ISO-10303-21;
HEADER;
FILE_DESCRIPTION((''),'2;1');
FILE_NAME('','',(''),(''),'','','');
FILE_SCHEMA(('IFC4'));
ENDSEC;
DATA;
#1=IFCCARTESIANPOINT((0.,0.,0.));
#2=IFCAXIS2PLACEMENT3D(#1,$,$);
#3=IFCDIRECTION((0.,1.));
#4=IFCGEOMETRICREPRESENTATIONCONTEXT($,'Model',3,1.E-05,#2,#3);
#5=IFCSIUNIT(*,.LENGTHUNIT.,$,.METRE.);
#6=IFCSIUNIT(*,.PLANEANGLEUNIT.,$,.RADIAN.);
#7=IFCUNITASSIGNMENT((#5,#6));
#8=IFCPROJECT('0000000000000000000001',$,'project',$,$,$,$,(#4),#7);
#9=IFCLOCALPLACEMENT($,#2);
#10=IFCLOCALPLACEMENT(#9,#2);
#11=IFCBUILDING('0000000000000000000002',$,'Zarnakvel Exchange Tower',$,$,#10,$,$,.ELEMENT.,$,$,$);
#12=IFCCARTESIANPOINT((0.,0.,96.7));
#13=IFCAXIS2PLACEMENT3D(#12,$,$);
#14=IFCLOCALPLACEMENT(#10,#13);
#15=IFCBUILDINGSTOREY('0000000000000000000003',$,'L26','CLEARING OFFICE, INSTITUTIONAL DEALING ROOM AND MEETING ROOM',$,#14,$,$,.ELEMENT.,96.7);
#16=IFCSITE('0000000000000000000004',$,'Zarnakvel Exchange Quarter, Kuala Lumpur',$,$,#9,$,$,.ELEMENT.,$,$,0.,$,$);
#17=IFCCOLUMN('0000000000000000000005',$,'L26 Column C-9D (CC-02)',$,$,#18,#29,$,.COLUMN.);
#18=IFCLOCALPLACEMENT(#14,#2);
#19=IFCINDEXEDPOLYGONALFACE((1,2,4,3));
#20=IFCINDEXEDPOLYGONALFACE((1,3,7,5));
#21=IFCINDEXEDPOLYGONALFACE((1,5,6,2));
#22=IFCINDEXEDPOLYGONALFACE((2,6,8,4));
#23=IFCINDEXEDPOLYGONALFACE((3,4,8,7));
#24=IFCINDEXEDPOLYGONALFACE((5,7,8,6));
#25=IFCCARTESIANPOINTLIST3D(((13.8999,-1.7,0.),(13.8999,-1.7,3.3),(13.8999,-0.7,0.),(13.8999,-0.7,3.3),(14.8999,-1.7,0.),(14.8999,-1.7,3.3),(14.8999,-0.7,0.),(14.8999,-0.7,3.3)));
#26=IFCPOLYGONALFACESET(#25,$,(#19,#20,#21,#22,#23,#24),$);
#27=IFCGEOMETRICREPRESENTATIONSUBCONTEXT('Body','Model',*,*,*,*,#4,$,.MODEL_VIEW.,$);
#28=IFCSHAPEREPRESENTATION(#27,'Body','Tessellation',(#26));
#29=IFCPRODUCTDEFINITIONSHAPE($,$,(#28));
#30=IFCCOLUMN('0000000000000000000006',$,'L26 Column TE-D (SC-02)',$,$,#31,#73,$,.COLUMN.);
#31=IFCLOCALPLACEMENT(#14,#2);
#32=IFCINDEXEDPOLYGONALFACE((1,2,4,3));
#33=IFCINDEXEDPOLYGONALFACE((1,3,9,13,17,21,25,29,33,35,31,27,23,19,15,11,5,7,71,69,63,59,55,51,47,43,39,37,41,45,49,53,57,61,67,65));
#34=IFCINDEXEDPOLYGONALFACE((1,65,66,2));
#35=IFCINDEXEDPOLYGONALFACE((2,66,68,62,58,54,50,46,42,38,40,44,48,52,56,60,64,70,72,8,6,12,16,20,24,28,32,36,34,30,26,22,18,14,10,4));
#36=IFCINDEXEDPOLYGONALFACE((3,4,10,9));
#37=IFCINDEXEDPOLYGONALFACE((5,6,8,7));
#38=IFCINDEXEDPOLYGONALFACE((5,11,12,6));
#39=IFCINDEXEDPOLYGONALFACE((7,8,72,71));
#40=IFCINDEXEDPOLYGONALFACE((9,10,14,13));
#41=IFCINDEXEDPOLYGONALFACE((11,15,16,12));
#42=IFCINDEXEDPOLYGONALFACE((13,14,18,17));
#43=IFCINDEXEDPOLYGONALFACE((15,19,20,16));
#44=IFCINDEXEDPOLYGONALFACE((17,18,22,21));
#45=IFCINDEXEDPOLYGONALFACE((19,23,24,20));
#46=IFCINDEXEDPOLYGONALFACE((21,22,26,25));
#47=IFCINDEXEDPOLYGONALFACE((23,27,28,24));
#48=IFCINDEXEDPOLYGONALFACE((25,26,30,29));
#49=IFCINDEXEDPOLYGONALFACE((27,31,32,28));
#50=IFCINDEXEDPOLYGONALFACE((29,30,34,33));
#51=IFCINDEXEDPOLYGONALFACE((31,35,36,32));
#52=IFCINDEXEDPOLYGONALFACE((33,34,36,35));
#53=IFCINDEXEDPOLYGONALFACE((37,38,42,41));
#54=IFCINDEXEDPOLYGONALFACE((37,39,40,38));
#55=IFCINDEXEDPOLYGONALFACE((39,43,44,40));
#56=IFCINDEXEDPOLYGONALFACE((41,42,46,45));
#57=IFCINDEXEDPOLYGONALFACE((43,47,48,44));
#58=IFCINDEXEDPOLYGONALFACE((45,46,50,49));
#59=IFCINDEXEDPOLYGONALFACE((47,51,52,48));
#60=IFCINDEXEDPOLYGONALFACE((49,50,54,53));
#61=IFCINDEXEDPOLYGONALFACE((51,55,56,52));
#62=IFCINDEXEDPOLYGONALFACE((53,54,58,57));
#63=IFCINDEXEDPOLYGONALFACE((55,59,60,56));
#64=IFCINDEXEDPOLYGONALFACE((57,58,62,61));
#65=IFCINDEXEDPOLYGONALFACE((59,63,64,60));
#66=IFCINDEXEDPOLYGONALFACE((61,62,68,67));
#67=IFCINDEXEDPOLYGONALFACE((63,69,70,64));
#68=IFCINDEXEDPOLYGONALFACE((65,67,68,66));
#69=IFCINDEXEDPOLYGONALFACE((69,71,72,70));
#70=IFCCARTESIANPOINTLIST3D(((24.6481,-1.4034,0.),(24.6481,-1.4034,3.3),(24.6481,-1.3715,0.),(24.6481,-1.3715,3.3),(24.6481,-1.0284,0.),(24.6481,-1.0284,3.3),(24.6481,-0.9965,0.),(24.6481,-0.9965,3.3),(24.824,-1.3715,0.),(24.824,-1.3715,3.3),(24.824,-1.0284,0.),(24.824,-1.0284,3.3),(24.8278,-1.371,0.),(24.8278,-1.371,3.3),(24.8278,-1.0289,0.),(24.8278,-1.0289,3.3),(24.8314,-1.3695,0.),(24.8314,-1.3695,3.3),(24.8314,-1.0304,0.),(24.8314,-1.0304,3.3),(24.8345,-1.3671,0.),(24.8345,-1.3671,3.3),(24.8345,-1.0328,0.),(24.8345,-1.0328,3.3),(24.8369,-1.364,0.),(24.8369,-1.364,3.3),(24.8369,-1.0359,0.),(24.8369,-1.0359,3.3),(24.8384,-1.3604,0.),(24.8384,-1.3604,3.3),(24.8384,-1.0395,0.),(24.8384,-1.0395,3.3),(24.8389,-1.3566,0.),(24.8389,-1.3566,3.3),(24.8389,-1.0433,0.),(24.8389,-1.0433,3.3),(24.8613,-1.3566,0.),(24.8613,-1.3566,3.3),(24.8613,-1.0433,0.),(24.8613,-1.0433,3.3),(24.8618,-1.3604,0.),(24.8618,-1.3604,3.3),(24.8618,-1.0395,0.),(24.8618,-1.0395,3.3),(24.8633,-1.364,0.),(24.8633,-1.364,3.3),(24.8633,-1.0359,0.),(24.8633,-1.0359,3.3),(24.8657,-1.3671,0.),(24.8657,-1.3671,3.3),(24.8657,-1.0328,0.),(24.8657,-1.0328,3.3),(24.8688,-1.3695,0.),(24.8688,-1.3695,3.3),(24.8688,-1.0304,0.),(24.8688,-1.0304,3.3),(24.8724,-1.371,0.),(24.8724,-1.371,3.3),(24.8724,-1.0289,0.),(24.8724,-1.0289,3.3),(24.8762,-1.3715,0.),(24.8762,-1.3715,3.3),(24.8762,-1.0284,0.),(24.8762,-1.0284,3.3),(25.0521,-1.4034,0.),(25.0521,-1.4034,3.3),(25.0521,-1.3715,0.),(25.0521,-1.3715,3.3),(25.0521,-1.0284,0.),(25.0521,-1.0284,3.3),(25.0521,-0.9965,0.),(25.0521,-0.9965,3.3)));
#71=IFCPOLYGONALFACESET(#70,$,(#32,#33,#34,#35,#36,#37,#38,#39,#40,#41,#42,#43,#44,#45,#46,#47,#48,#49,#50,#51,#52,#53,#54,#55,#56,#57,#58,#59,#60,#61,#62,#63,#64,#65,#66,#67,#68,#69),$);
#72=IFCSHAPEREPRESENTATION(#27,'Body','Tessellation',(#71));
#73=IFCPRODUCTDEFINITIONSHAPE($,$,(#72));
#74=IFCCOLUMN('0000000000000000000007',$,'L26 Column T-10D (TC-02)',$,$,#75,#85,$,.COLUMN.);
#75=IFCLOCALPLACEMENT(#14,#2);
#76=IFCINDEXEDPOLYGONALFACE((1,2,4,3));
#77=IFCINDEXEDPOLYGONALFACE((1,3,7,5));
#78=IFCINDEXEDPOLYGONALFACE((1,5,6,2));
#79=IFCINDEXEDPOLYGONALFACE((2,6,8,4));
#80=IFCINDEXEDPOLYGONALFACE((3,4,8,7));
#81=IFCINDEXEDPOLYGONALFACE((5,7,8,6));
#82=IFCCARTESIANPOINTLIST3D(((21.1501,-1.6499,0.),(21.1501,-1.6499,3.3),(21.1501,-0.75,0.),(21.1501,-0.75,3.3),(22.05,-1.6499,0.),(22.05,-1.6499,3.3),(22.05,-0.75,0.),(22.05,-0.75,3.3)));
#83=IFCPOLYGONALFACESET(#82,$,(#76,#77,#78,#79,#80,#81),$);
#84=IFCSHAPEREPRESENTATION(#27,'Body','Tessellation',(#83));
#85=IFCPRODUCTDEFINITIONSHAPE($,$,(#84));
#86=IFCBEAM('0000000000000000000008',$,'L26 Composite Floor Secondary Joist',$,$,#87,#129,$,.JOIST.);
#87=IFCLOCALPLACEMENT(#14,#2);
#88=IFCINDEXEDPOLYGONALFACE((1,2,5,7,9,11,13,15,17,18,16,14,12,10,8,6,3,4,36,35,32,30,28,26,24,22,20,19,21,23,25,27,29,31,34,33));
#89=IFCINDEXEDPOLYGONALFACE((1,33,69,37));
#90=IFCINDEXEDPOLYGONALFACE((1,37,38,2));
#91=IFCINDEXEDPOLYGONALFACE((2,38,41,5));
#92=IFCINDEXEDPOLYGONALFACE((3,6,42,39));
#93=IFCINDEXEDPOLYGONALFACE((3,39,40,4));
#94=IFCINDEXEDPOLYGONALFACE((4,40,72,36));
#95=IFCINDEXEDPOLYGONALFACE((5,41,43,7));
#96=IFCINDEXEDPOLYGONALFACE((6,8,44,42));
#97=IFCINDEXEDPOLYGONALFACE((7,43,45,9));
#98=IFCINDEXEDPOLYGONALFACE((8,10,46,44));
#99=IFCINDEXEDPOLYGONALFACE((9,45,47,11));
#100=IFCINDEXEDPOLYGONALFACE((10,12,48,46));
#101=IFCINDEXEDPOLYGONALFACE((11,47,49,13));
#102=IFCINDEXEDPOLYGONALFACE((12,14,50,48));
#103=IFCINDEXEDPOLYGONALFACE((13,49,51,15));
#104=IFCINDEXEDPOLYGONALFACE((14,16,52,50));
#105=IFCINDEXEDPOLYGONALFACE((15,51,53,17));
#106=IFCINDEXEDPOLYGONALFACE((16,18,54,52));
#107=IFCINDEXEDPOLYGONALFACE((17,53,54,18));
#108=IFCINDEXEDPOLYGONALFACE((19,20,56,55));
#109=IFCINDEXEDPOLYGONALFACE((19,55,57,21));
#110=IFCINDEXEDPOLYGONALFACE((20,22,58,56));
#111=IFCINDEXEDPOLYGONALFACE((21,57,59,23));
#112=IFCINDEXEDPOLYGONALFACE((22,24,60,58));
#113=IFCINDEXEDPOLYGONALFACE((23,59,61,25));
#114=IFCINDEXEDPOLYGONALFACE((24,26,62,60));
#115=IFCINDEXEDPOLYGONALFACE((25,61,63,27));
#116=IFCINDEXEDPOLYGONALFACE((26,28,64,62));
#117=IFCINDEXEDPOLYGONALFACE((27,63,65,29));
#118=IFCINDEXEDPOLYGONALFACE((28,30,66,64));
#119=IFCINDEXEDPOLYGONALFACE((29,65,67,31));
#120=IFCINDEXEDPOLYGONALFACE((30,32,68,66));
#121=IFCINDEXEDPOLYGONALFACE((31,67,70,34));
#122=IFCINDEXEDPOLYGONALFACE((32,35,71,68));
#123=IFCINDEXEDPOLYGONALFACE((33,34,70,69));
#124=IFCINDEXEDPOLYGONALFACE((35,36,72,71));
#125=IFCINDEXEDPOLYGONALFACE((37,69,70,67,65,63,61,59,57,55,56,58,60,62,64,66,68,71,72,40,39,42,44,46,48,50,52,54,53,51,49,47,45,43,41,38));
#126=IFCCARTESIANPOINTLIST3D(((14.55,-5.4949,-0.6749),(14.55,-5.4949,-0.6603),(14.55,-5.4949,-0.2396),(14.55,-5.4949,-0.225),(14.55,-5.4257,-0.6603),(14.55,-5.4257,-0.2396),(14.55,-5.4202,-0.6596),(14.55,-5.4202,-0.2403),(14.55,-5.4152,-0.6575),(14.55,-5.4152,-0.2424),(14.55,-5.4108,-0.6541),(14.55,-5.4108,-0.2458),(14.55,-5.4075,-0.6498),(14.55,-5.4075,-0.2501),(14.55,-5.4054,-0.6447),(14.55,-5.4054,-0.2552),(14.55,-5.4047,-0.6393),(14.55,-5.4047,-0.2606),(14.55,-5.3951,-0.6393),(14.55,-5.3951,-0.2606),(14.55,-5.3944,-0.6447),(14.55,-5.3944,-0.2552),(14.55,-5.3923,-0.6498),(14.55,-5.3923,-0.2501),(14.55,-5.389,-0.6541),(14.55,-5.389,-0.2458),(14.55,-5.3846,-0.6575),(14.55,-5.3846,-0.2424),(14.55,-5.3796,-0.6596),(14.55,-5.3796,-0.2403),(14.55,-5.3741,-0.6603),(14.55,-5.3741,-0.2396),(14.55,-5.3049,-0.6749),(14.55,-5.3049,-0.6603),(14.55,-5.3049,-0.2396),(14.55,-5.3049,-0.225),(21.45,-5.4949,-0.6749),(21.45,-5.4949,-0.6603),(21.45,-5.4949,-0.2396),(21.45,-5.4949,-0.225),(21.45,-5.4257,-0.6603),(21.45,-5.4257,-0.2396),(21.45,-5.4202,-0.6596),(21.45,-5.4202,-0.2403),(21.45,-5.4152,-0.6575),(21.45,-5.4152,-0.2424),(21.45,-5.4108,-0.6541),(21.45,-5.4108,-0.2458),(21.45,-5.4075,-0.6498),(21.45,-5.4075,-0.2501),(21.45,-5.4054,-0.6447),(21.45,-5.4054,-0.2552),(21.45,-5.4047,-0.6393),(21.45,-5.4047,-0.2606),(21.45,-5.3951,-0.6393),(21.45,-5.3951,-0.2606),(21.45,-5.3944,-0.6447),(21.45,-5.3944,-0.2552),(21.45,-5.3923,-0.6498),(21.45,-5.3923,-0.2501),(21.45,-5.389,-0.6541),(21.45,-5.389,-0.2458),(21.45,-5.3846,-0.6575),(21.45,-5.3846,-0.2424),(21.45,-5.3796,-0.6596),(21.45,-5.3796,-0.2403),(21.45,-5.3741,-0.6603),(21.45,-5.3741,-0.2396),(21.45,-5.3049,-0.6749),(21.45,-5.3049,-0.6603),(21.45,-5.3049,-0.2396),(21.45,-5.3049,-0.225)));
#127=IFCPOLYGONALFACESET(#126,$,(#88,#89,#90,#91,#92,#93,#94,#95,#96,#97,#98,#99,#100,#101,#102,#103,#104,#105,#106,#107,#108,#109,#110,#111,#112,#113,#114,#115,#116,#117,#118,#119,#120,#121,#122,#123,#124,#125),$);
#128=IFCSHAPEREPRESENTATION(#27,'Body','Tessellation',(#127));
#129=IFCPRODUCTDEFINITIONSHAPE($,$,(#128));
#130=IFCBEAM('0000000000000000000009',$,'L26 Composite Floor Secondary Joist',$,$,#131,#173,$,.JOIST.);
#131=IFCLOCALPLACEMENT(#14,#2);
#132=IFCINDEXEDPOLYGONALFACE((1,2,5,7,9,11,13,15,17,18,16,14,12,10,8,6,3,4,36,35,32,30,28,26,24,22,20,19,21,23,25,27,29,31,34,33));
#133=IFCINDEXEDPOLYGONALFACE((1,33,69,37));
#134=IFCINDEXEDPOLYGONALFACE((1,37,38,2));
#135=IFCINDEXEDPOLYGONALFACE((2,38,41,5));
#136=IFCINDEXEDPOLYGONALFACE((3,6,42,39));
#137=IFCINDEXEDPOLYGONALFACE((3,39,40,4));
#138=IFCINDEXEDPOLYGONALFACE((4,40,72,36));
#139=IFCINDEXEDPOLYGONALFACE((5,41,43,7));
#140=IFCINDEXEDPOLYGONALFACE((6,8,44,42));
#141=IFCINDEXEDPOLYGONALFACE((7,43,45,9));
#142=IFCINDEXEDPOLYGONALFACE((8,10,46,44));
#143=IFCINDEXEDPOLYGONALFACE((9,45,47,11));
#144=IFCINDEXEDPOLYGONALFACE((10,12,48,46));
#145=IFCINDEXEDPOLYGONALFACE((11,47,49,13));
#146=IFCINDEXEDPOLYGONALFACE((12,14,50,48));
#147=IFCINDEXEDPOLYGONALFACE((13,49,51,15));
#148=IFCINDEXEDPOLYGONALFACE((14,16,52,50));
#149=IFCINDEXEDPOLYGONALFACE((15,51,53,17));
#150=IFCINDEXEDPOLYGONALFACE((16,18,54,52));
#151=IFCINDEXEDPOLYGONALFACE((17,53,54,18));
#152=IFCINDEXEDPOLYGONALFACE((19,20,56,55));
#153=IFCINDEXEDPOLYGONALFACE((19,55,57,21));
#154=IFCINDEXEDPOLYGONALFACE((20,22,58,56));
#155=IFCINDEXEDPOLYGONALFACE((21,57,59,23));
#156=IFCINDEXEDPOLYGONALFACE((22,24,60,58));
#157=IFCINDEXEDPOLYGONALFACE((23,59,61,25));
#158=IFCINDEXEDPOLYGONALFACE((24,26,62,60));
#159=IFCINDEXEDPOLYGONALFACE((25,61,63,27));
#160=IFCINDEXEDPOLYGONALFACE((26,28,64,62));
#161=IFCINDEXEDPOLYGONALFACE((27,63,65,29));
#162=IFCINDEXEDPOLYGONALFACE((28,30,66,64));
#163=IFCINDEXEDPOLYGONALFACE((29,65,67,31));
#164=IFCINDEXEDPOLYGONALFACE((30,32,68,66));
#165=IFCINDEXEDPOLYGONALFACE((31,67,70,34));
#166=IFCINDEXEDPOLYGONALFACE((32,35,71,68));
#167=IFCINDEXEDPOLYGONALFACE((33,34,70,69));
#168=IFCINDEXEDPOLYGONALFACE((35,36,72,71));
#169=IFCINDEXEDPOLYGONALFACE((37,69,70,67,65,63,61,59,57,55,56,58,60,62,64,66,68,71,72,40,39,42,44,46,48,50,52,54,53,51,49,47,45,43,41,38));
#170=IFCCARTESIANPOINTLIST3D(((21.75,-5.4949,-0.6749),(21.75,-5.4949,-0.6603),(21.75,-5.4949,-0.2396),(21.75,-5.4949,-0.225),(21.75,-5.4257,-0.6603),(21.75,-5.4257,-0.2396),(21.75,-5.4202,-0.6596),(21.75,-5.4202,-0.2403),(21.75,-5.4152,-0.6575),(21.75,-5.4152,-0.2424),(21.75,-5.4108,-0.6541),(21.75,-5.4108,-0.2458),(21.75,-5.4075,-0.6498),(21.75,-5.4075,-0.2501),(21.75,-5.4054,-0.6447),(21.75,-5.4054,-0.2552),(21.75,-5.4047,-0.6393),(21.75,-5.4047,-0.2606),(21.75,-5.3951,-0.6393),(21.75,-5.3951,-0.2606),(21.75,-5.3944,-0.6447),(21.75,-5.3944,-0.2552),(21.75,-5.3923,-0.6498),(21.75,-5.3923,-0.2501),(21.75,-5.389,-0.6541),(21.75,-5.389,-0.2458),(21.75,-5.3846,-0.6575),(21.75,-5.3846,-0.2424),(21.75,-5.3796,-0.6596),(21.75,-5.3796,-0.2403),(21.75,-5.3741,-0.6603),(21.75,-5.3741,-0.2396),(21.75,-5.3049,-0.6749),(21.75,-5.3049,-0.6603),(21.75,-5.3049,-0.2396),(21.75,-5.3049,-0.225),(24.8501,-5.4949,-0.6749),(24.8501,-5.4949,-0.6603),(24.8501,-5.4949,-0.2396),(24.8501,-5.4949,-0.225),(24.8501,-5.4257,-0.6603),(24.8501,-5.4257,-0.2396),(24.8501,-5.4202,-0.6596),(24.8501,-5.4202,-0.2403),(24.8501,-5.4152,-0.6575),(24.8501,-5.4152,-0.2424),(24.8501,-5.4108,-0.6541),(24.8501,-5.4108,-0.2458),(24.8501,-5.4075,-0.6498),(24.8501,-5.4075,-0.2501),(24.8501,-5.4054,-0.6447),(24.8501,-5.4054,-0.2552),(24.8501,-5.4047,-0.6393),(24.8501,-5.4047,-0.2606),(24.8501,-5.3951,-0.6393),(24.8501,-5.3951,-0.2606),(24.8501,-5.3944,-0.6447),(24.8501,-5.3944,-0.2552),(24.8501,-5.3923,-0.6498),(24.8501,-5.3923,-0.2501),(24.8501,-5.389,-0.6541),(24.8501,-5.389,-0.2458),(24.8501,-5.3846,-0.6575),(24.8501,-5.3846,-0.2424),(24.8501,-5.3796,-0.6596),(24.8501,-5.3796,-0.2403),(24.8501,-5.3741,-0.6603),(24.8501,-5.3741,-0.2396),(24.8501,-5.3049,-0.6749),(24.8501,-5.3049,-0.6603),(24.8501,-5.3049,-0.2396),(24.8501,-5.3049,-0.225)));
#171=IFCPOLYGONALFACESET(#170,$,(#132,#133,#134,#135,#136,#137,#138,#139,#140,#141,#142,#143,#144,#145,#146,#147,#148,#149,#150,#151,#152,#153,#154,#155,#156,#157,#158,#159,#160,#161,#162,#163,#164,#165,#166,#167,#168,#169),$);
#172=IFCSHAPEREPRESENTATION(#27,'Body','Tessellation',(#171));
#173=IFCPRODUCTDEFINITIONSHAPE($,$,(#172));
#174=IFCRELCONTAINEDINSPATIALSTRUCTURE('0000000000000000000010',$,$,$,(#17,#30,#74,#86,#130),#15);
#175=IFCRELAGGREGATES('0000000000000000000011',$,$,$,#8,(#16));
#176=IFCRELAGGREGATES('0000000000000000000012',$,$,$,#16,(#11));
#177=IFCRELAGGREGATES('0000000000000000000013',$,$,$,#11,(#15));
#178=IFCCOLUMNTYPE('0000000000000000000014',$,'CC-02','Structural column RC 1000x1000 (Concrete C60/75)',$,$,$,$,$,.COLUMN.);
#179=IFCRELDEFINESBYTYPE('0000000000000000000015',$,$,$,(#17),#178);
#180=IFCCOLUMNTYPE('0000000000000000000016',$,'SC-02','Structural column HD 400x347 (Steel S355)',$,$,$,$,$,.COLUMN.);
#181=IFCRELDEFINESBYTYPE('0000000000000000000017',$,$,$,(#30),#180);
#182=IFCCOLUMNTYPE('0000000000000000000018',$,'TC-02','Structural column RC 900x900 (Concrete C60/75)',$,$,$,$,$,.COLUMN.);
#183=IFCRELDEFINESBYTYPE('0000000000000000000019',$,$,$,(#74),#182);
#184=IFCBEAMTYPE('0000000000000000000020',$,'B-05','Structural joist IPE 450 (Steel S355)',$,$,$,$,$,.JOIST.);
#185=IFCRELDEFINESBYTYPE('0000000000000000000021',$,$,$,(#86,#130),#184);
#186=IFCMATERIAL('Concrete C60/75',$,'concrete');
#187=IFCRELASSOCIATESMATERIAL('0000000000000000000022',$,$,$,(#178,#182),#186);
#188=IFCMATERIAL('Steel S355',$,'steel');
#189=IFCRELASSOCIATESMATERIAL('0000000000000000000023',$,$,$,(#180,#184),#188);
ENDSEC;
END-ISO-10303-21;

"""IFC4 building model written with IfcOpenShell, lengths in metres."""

from ifc_helpers import new_model, si_unit, direction, frame, origin, origin_2d, place, context, subcontext, project, spatial, rectangle, i_section, extrude, material, material_profile, profile_set, type_object, element, save


model = new_model("IFC4")

# Units and contexts
model_context = context("Model", 3, precision=1e-05, world=origin(), true_north=direction((0.0, 1.0)))
body_context = subcontext(model_context, "Body", "Model", "MODEL_VIEW")
ifc_project = project(units=[si_unit("LENGTHUNIT", "METRE"), si_unit("PLANEANGLEUNIT", "RADIAN")], contexts=[model_context])

# Site, building, storey
site_placement = place(None, origin())
site = spatial("IfcSite", under=ifc_project, at=site_placement, Name="Zarnakvel Exchange Quarter, Kuala Lumpur", CompositionType="ELEMENT", RefElevation=0.0)
building_placement = place(site_placement, origin())
building = spatial("IfcBuilding", under=site, at=building_placement, Name="Zarnakvel Exchange Tower", CompositionType="ELEMENT")
storey_placement = place(building_placement, frame((0.0, 0.0, 96.7)))
storey = spatial("IfcBuildingStorey", under=building, at=storey_placement, Name="L26", Description="CLEARING OFFICE, INSTITUTIONAL DEALING ROOM AND MEETING ROOM", CompositionType="ELEMENT", Elevation=96.7)

# Columns
ifc_material_1 = material(Name="Concrete C60/75", Category="concrete")
ifc_material_profile_1 = material_profile(ifc_material_1, rectangle(XDim=1.0, YDim=1.0, at=origin_2d()))
ifc_profile_set_1 = profile_set([ifc_material_profile_1], Name="Concrete C60/75")
column_type_1 = type_object("IfcColumnType", Name="CC-02", Description="Structural column RC 1000x1000 (Concrete C60/75)", PredefinedType="COLUMN", material=ifc_profile_set_1)
column_1_placement = place(storey_placement, frame((14.3999, -1.2, 0.0), z_axis=(0.0, 0.0, 1.0), x_axis=(1.0, 0.0, 0.0)))
element("IfcColumn", 1, at=column_1_placement, inside=storey, type_object=column_type_1, Name="L26 Column C-9D (CC-02)", PredefinedType="COLUMN", context=body_context, shape_type="SweptSolid", body=[
    extrude(rectangle(XDim=1.0, YDim=1.0, at=origin_2d()), origin(), (0.0, 0.0, 1.0), 3.3),
])
ifc_material_2 = material(Name="Steel S355", Category="steel")
ifc_material_profile_2 = material_profile(ifc_material_2, i_section(OverallWidth=0.4041, OverallDepth=0.407, WebThickness=0.0225, FlangeThickness=0.032, FilletRadius=0.0149, at=origin_2d()))
ifc_profile_set_2 = profile_set([ifc_material_profile_2], Name="Steel S355")
column_type_2 = type_object("IfcColumnType", Name="SC-02", Description="Structural column HD 400x347 (Steel S355)", PredefinedType="COLUMN", material=ifc_profile_set_2)
column_2_placement = place(storey_placement, frame((24.8501, -1.2, 0.0), z_axis=(0.0, 0.0, 1.0), x_axis=(1.0, 0.0, 0.0)))
element("IfcColumn", 2, at=column_2_placement, inside=storey, type_object=column_type_2, Name="L26 Column TE-D (SC-02)", PredefinedType="COLUMN", context=body_context, shape_type="SweptSolid", body=[
    extrude(i_section(OverallWidth=0.4041, OverallDepth=0.407, WebThickness=0.0225, FlangeThickness=0.032, FilletRadius=0.0149, at=origin_2d()), origin(), (0.0, 0.0, 1.0), 3.3),
])
ifc_material_profile_3 = material_profile(ifc_material_1, rectangle(XDim=0.8999, YDim=0.8999, at=origin_2d()))
ifc_profile_set_3 = profile_set([ifc_material_profile_3], Name="Concrete C60/75")
column_type_3 = type_object("IfcColumnType", Name="TC-02", Description="Structural column RC 900x900 (Concrete C60/75)", PredefinedType="COLUMN", material=ifc_profile_set_3)
column_3_placement = place(storey_placement, frame((21.6001, -1.2, 0.0), z_axis=(0.0, 0.0, 1.0), x_axis=(1.0, 0.0, 0.0)))
element("IfcColumn", 3, at=column_3_placement, inside=storey, type_object=column_type_3, Name="L26 Column T-10D (TC-02)", PredefinedType="COLUMN", context=body_context, shape_type="SweptSolid", body=[
    extrude(rectangle(XDim=0.8999, YDim=0.8999, at=origin_2d()), origin(), (0.0, 0.0, 1.0), 3.3),
])

# Beams
ifc_material_profile_4 = material_profile(ifc_material_2, i_section(OverallWidth=0.1899, OverallDepth=0.45, WebThickness=0.0095, FlangeThickness=0.0146, FilletRadius=0.021, at=origin_2d()))
ifc_profile_set_4 = profile_set([ifc_material_profile_4], Name="Steel S355")
beam_type_1 = type_object("IfcBeamType", Name="B-05", Description="Structural joist IPE 450 (Steel S355)", PredefinedType="JOIST", material=ifc_profile_set_4)
beam_1_placement = place(storey_placement, frame((14.55, -5.3999, -0.45), z_axis=(1.0, 0.0, 0.0), x_axis=(0.0, 1.0, 0.0)))
element("IfcBeam", 4, at=beam_1_placement, inside=storey, type_object=beam_type_1, Name="L26 Composite Floor Secondary Joist", PredefinedType="JOIST", context=body_context, shape_type="SweptSolid", body=[
    extrude(i_section(OverallWidth=0.1899, OverallDepth=0.45, WebThickness=0.0095, FlangeThickness=0.0146, FilletRadius=0.021, at=origin_2d()), origin(), (0.0, 0.0, 1.0), 6.8999),
])
beam_2_placement = place(storey_placement, frame((21.75, -5.3999, -0.45), z_axis=(1.0, 0.0, 0.0), x_axis=(0.0, 1.0, 0.0)))
element("IfcBeam", 5, at=beam_2_placement, inside=storey, type_object=beam_type_1, Name="L26 Composite Floor Secondary Joist", PredefinedType="JOIST", context=body_context, shape_type="SweptSolid", body=[
    extrude(i_section(OverallWidth=0.1899, OverallDepth=0.45, WebThickness=0.0095, FlangeThickness=0.0146, FilletRadius=0.021, at=origin_2d()), origin(), (0.0, 0.0, 1.0), 3.1001),
])

save(model, "model.ifc")
